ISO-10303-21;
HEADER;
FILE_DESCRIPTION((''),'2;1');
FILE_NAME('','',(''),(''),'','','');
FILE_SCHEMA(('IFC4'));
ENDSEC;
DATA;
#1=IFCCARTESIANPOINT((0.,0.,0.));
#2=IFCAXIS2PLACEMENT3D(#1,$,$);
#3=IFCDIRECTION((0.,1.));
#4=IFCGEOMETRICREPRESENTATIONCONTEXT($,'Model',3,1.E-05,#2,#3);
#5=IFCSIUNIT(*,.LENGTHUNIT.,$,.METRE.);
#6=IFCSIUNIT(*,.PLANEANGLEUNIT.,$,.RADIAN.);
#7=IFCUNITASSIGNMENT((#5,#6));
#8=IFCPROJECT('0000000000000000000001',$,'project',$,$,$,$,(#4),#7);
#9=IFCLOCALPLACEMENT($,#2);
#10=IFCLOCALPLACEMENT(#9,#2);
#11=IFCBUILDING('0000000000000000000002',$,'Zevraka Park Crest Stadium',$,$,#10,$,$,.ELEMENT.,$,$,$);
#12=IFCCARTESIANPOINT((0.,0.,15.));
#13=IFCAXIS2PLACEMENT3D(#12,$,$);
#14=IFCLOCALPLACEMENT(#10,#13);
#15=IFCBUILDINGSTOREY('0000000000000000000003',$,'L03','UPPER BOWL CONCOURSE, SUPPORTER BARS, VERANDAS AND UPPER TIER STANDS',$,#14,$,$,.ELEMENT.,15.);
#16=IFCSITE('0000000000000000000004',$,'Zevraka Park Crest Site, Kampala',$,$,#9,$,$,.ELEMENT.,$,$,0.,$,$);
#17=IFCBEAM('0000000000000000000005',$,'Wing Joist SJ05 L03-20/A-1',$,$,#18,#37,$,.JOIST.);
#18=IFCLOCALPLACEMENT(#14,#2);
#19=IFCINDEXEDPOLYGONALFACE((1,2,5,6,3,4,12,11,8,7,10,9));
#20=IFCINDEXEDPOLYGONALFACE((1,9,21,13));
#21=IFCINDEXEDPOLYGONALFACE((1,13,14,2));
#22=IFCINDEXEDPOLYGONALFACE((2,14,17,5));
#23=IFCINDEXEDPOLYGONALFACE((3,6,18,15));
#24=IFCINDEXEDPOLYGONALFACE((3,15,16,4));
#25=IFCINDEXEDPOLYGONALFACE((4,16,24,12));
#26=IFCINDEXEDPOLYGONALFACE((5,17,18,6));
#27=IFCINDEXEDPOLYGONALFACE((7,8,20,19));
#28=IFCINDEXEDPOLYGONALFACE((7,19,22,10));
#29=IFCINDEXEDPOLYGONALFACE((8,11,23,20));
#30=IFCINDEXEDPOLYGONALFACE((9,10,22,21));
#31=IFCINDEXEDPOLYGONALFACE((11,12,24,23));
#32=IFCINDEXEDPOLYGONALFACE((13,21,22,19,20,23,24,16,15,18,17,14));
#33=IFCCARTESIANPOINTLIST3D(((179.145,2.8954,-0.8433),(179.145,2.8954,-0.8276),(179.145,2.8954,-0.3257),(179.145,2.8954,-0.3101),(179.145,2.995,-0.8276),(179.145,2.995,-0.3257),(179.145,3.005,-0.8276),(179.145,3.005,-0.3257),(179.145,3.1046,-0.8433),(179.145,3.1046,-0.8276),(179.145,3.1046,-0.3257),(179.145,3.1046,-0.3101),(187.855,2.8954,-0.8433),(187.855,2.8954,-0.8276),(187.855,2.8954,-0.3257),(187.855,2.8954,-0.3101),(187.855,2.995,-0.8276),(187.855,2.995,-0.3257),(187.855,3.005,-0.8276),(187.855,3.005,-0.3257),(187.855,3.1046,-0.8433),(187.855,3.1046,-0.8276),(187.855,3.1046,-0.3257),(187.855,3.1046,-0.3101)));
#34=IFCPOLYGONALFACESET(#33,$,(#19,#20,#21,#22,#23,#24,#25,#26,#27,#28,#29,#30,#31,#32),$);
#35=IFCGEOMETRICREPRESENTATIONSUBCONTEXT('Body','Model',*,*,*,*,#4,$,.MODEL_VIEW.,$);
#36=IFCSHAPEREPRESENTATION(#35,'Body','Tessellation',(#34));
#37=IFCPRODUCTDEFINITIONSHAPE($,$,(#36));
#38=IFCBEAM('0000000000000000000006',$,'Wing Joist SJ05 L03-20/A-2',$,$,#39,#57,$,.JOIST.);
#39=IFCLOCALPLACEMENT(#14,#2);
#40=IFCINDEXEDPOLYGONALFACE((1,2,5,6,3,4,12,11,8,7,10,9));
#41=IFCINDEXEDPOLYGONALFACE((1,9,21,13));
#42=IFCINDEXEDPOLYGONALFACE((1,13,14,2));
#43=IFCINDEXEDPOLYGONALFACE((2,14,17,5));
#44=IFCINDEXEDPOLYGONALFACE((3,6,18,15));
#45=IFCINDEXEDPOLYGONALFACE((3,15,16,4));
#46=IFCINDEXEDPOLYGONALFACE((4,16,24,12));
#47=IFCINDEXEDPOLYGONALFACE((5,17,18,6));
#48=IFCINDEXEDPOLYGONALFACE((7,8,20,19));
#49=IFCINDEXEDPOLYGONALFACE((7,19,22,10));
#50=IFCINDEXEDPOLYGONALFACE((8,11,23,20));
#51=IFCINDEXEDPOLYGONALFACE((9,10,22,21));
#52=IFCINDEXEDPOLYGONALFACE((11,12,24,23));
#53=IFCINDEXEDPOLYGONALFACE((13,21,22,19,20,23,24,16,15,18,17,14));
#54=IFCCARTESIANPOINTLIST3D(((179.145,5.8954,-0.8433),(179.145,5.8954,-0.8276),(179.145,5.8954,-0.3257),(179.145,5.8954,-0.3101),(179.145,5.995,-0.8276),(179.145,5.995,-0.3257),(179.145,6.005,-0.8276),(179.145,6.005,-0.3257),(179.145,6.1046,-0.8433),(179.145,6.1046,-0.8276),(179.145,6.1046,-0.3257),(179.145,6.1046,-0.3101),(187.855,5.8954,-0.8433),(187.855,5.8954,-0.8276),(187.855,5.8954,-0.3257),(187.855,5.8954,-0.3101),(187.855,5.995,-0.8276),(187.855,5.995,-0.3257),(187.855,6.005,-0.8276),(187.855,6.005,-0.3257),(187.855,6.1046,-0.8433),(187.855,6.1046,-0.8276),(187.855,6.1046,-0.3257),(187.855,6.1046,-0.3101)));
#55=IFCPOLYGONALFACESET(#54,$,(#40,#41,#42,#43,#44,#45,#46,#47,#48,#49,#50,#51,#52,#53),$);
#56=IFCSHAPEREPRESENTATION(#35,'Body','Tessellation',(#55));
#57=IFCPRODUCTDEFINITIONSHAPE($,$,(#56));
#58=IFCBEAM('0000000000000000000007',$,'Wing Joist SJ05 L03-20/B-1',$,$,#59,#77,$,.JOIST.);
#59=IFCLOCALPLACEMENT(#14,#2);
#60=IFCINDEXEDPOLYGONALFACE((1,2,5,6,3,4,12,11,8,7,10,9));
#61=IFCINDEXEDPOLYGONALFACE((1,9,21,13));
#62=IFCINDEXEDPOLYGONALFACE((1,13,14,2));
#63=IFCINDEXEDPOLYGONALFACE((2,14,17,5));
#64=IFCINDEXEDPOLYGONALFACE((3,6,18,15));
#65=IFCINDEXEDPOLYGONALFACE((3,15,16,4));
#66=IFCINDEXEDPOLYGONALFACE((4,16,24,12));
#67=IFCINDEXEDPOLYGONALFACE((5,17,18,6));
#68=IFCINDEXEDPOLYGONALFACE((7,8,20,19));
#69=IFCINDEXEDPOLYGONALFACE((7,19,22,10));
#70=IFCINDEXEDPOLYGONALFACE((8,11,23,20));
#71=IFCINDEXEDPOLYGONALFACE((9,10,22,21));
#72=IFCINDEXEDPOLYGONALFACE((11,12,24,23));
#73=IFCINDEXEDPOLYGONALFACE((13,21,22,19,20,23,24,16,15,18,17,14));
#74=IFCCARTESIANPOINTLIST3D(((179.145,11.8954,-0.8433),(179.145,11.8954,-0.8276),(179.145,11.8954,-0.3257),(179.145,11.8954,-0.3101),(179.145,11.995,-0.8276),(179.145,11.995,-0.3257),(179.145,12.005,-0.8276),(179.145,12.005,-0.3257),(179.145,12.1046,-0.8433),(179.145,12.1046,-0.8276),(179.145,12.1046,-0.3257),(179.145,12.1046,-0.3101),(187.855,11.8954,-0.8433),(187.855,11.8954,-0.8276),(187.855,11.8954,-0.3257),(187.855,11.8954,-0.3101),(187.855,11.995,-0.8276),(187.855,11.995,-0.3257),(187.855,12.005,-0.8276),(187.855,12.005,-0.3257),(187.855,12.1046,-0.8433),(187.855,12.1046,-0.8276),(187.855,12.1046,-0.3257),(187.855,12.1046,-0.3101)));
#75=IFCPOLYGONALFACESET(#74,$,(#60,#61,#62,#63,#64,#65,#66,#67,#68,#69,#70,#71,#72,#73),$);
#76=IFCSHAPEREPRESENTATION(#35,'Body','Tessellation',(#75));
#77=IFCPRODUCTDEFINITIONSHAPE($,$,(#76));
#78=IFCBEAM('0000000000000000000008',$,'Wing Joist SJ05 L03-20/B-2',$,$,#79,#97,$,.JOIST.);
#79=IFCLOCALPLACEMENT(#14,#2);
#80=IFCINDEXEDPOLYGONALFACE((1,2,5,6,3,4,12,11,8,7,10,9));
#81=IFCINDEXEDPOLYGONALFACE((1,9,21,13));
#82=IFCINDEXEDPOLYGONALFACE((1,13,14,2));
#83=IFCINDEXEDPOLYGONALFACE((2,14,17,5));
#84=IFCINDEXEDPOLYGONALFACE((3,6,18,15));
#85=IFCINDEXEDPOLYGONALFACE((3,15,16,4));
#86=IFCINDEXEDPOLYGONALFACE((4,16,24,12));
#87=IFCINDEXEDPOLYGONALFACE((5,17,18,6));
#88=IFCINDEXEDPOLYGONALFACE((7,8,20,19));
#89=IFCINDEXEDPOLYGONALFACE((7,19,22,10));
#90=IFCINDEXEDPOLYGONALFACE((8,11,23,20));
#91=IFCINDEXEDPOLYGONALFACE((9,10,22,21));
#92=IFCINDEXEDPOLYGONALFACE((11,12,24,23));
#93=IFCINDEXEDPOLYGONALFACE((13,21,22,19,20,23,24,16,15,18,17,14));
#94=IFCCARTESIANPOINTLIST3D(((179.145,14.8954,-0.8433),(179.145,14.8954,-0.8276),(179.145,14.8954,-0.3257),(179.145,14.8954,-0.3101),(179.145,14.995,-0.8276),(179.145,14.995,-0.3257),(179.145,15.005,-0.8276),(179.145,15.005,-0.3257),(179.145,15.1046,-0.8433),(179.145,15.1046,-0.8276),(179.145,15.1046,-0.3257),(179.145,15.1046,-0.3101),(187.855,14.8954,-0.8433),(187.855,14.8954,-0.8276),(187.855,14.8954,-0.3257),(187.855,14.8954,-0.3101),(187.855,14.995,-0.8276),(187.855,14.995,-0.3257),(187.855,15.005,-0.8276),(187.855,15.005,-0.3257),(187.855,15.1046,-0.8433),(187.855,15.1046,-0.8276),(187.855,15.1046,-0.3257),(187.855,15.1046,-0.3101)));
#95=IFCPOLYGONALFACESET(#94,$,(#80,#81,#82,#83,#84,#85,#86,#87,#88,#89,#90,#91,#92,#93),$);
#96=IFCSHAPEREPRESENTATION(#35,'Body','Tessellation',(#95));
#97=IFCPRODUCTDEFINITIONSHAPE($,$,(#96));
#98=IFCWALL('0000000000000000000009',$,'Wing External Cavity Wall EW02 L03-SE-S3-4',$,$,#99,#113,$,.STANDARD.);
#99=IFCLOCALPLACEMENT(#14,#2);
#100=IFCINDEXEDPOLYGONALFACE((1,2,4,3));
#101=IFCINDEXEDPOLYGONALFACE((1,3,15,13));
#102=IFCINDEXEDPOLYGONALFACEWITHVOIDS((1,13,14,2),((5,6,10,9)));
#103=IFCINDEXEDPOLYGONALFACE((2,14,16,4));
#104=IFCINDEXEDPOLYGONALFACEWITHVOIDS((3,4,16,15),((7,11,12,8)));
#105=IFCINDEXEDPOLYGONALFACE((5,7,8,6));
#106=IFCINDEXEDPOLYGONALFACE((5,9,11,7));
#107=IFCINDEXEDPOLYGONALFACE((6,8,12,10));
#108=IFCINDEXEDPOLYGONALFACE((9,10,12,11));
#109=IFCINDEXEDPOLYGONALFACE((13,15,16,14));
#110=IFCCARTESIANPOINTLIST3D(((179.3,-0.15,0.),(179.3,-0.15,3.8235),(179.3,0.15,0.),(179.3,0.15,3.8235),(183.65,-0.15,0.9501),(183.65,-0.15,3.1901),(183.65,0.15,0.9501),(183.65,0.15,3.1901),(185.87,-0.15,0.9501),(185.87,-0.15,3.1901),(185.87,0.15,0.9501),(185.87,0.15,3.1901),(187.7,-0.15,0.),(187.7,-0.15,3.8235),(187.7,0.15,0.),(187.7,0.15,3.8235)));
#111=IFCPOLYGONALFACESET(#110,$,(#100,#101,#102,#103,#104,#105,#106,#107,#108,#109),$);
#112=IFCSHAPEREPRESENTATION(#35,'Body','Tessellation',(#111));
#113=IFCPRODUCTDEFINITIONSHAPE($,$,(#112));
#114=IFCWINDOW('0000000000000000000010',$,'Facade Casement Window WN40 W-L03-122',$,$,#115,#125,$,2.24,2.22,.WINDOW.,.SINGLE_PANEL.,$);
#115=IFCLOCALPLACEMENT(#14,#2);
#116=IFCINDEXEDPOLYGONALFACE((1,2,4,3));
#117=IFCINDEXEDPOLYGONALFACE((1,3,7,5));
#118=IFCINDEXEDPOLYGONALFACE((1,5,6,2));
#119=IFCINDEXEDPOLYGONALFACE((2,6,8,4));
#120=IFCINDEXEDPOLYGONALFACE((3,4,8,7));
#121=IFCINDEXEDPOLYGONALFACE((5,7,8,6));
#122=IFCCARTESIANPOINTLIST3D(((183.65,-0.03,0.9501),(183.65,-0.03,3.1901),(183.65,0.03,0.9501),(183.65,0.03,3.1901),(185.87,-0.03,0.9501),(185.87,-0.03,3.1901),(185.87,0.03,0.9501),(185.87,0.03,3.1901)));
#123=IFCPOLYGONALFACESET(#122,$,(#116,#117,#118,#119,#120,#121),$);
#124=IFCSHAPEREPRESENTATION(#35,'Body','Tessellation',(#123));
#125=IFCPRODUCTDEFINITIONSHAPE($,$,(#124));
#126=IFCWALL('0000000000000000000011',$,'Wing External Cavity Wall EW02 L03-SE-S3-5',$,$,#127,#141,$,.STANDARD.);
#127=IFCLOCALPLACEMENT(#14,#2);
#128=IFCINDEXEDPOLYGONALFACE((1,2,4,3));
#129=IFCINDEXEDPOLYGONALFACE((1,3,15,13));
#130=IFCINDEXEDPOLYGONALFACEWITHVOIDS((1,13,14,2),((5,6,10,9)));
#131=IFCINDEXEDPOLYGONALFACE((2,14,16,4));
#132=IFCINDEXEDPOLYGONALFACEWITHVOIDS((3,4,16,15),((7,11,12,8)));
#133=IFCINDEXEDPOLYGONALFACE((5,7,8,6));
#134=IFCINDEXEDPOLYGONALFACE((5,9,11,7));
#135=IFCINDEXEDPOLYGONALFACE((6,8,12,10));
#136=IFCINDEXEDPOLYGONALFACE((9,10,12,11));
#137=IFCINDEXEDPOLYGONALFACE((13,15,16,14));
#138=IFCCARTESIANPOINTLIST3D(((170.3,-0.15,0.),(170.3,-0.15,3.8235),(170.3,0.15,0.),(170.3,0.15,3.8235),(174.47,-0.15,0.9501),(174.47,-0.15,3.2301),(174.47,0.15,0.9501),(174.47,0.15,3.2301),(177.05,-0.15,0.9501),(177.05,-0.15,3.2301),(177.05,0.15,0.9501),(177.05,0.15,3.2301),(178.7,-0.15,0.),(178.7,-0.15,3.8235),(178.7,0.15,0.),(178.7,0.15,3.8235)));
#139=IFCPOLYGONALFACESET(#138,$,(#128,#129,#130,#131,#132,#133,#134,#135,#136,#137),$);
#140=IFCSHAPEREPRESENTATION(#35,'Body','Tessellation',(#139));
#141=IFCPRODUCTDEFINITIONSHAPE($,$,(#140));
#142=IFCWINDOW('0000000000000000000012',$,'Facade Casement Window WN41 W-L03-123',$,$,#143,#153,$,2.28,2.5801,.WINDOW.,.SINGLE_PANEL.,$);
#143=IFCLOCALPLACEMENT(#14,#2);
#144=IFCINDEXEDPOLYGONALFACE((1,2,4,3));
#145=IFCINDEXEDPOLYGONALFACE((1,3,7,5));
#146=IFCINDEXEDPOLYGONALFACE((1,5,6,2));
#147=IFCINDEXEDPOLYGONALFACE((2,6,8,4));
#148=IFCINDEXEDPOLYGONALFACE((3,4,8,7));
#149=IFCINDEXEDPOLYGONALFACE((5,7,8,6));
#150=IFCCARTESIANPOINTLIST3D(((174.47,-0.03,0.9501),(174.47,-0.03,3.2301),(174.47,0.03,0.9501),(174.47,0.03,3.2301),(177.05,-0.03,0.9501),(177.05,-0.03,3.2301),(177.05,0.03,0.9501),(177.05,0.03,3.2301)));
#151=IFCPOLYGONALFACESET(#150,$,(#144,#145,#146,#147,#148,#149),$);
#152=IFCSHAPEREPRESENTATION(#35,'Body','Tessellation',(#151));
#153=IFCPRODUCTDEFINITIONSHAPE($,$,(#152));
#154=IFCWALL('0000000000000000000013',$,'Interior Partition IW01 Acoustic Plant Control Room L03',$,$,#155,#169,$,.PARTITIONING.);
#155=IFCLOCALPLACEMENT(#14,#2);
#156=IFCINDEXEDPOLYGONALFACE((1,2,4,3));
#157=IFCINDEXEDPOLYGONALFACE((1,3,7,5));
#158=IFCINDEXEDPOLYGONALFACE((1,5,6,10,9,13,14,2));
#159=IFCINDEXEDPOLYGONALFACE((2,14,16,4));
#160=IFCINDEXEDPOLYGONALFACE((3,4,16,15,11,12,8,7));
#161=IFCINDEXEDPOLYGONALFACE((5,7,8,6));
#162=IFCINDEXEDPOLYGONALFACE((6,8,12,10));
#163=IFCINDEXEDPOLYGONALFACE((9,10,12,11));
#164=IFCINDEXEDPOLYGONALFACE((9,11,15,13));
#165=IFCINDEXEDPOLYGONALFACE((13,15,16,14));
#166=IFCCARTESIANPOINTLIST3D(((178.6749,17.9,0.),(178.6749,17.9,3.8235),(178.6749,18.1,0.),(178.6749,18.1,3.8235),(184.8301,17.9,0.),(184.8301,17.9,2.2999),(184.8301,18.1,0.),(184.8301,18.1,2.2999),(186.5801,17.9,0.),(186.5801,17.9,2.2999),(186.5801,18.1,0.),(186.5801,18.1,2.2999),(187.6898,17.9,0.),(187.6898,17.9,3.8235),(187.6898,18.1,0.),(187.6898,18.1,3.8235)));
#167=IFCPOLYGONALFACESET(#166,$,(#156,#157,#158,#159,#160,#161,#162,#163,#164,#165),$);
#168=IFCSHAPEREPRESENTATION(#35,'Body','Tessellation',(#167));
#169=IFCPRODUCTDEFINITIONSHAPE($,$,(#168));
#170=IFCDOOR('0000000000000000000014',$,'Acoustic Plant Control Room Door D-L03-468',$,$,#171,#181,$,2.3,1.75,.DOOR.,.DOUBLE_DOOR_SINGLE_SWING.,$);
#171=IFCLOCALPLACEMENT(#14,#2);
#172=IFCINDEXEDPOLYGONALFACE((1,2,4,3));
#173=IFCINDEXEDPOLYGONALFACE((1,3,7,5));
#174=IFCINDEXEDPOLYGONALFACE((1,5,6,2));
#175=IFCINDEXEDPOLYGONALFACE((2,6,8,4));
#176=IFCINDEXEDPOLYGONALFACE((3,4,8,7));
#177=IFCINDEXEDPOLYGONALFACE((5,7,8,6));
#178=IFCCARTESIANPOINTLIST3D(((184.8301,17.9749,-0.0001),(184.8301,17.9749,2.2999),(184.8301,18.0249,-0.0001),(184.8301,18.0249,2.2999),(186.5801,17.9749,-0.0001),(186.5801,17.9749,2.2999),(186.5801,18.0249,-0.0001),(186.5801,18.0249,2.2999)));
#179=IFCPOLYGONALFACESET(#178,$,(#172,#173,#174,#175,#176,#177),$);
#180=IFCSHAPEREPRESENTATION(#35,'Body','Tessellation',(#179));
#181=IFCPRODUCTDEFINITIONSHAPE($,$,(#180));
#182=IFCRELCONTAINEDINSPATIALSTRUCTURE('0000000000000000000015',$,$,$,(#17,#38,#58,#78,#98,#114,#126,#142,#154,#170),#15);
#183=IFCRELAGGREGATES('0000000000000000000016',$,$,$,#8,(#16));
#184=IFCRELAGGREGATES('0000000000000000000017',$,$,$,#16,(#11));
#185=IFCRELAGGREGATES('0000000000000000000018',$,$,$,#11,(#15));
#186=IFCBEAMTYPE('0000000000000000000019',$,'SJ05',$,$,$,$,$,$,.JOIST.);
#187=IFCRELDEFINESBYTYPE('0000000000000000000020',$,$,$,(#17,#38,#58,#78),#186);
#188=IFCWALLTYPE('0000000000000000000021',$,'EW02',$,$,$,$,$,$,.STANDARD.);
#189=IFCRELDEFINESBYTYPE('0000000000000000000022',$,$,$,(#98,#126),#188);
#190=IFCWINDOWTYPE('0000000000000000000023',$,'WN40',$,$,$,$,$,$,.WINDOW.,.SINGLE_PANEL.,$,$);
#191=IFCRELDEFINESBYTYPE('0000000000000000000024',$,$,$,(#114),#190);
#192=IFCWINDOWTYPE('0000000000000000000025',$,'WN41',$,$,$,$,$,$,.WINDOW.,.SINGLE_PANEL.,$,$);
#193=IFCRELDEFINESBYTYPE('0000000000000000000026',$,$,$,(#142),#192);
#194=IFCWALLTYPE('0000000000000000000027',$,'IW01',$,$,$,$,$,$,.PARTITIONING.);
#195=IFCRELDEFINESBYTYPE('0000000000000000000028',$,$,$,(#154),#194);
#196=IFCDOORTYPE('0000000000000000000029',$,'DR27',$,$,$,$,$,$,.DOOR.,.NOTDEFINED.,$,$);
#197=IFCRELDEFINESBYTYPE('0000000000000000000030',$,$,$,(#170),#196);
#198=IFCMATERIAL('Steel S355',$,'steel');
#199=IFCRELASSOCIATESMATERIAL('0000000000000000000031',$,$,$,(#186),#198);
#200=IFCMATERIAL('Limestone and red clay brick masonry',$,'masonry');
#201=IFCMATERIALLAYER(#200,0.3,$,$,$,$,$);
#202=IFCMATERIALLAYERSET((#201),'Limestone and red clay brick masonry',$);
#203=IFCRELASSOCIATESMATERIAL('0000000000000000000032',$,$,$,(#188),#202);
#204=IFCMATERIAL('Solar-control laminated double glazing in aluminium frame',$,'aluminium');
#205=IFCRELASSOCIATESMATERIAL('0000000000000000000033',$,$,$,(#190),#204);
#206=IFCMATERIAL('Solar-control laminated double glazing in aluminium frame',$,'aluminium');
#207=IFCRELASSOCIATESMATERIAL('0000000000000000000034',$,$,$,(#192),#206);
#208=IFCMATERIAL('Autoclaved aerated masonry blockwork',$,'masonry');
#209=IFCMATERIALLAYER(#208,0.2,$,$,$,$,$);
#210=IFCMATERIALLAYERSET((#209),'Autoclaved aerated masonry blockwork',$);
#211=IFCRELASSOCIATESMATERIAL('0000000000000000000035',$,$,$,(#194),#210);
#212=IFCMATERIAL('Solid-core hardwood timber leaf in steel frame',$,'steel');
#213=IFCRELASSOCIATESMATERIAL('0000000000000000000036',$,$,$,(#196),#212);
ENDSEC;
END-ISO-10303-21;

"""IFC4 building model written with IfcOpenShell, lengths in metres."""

from ifc_helpers import new_model, si_unit, direction, frame, frame_2d, origin, origin_2d, place, context, subcontext, project, spatial, rectangle, i_section, extrude, material, layer, layer_set, material_profile, profile_set, type_object, element, fill, save


model = new_model("IFC4")

# Units and contexts
model_context = context("Model", 3, precision=1e-05, world=origin(), true_north=direction((0.0, 1.0)))
body_context = subcontext(model_context, "Body", "Model", "MODEL_VIEW")
ifc_project = project(units=[si_unit("LENGTHUNIT", "METRE"), si_unit("PLANEANGLEUNIT", "RADIAN")], contexts=[model_context])

# Site, building, storey
site_placement = place(None, origin())
site = spatial("IfcSite", under=ifc_project, at=site_placement, Name="Zevraka Park Crest Site, Kampala", CompositionType="ELEMENT", RefElevation=0.0)
building_placement = place(site_placement, origin())
building = spatial("IfcBuilding", under=site, at=building_placement, Name="Zevraka Park Crest Stadium", CompositionType="ELEMENT")
storey_placement = place(building_placement, frame((0.0, 0.0, 15.0)))
storey = spatial("IfcBuildingStorey", under=building, at=storey_placement, Name="L03", Description="UPPER BOWL CONCOURSE, SUPPORTER BARS, VERANDAS AND UPPER TIER STANDS", CompositionType="ELEMENT", Elevation=15.0)

# Beams
ifc_material_1 = material(Name="Steel S355", Category="steel")
ifc_material_profile_1 = material_profile(ifc_material_1, i_section(OverallWidth=0.2092, OverallDepth=0.5332, WebThickness=0.01, FlangeThickness=0.0156, at=origin_2d()), Name="UKB 533x210x92")
ifc_profile_set_1 = profile_set([ifc_material_profile_1], Name="Steel S355")
beam_type_1 = type_object("IfcBeamType", Name="SJ05", PredefinedType="JOIST", material=ifc_profile_set_1)
for number, where, z_axis, x_axis, name in (
    (1, (179.145, 3.0, -0.5767), (1.0, 0.0, 0.0), (0.0, 1.0, 0.0), "Wing Joist SJ05 L03-20/A-1"),
    (2, (179.145, 6.0, -0.5767), (1.0, 0.0, 0.0), (0.0, 1.0, 0.0), "Wing Joist SJ05 L03-20/A-2"),
    (3, (179.145, 12.0, -0.5767), (1.0, 0.0, 0.0), (0.0, 1.0, 0.0), "Wing Joist SJ05 L03-20/B-1"),
    (4, (179.145, 15.0, -0.5767), (1.0, 0.0, 0.0), (0.0, 1.0, 0.0), "Wing Joist SJ05 L03-20/B-2"),
):
    element("IfcBeam", number, at=place(storey_placement, frame(where, z_axis=z_axis, x_axis=x_axis)), inside=storey, type_object=beam_type_1, Name=name, PredefinedType="JOIST", context=body_context, shape_type="SweptSolid", body=[
        extrude(i_section(OverallWidth=0.2092, OverallDepth=0.5332, WebThickness=0.01, FlangeThickness=0.0156, at=origin_2d()), origin(), (0.0, 0.0, 1.0), 8.71),
    ])

# Walls, openings, windows
ifc_material_2 = material(Name="Limestone and red clay brick masonry", Category="masonry")
ifc_layer_1 = layer(ifc_material_2, 0.3)
ifc_layer_set_1 = layer_set([ifc_layer_1], Name="Limestone and red clay brick masonry")
wall_type_1 = type_object("IfcWallType", Name="EW02", PredefinedType="STANDARD", material=ifc_layer_set_1)
wall_1_placement = place(storey_placement, frame((187.7, 0.0, 0.0), z_axis=(0.0, 0.0, 1.0), x_axis=(-1.0, 0.0, 0.0)))
wall_1 = element("IfcWall", 5, at=wall_1_placement, inside=storey, type_object=wall_type_1, Name="Wing External Cavity Wall EW02 L03-SE-S3-4", PredefinedType="STANDARD", context=body_context, shape_type="SweptSolid", body=[
    extrude(rectangle(XDim=8.3999, YDim=0.3, at=frame_2d((4.2, 0.0))), origin(), (0.0, 0.0, 1.0), 3.8235),
])
opening_1_placement = place(wall_1_placement, frame((1.8301, 0.0, 0.95)))
opening_1 = element("IfcOpeningElement", 6, at=opening_1_placement, cuts=wall_1, PredefinedType="OPENING", context=body_context, shape_type="SweptSolid", body=[
    extrude(rectangle(XDim=2.22, YDim=2.24, at=frame_2d((1.1099, 1.1201))), frame((0.0, 0.1599, 0.0), z_axis=(0.0, -1.0, 0.0), x_axis=(1.0, 0.0, 0.0)), (0.0, 0.0, 1.0), 0.3201),
])
ifc_material_3 = material(Name="Solar-control laminated double glazing in aluminium frame", Category="aluminium")
window_type_1 = type_object("IfcWindowType", Name="WN40", PartitioningType="SINGLE_PANEL", PredefinedType="WINDOW", material=ifc_material_3)
window_1_placement = place(opening_1_placement, origin())
window_1 = element("IfcWindow", 7, at=window_1_placement, inside=storey, type_object=window_type_1, Name="Facade Casement Window WN40 W-L03-122", OverallHeight=2.24, OverallWidth=2.22, PartitioningType="SINGLE_PANEL", PredefinedType="WINDOW", context=body_context, shape_type="SweptSolid", body=[
    extrude(rectangle(XDim=2.22, YDim=2.24, at=frame_2d((1.1099, 1.1201))), frame((0.0, 0.03, 0.0), z_axis=(0.0, -1.0, 0.0), x_axis=(1.0, 0.0, 0.0)), (0.0, 0.0, 1.0), 0.0601),
])
fill(opening_1, window_1)
wall_2_placement = place(storey_placement, frame((178.7, 0.0, 0.0), z_axis=(0.0, 0.0, 1.0), x_axis=(-1.0, 0.0, 0.0)))
wall_2 = element("IfcWall", 8, at=wall_2_placement, inside=storey, type_object=wall_type_1, Name="Wing External Cavity Wall EW02 L03-SE-S3-5", PredefinedType="STANDARD", context=body_context, shape_type="SweptSolid", body=[
    extrude(rectangle(XDim=8.3999, YDim=0.3, at=frame_2d((4.2, 0.0))), origin(), (0.0, 0.0, 1.0), 3.8235),
])
opening_2_placement = place(wall_2_placement, frame((1.6499, 0.0, 0.95)))
opening_2 = element("IfcOpeningElement", 9, at=opening_2_placement, cuts=wall_2, PredefinedType="OPENING", context=body_context, shape_type="SweptSolid", body=[
    extrude(rectangle(XDim=2.5801, YDim=2.28, at=frame_2d((1.29, 1.1401))), frame((0.0, 0.1599, 0.0), z_axis=(0.0, -1.0, 0.0), x_axis=(1.0, 0.0, 0.0)), (0.0, 0.0, 1.0), 0.3201),
])
ifc_material_4 = material(Name="Solar-control laminated double glazing in aluminium frame", Category="aluminium")
window_type_2 = type_object("IfcWindowType", Name="WN41", PartitioningType="SINGLE_PANEL", PredefinedType="WINDOW", material=ifc_material_4)
window_2_placement = place(opening_2_placement, origin())
window_2 = element("IfcWindow", 10, at=window_2_placement, inside=storey, type_object=window_type_2, Name="Facade Casement Window WN41 W-L03-123", OverallHeight=2.28, OverallWidth=2.5801, PartitioningType="SINGLE_PANEL", PredefinedType="WINDOW", context=body_context, shape_type="SweptSolid", body=[
    extrude(rectangle(XDim=2.5801, YDim=2.28, at=frame_2d((1.29, 1.1401))), frame((0.0, 0.03, 0.0), z_axis=(0.0, -1.0, 0.0), x_axis=(1.0, 0.0, 0.0)), (0.0, 0.0, 1.0), 0.0601),
])
fill(opening_2, window_2)

# Wall, opening, door
ifc_material_5 = material(Name="Autoclaved aerated masonry blockwork", Category="masonry")
ifc_layer_2 = layer(ifc_material_5, 0.2)
ifc_layer_set_2 = layer_set([ifc_layer_2], Name="Autoclaved aerated masonry blockwork")
wall_type_2 = type_object("IfcWallType", Name="IW01", PredefinedType="PARTITIONING", material=ifc_layer_set_2)
wall_3_placement = place(storey_placement, frame((178.675, 18.0, 0.0), z_axis=(0.0, 0.0, 1.0), x_axis=(1.0, 0.0, 0.0)))
wall_3 = element("IfcWall", 11, at=wall_3_placement, inside=storey, type_object=wall_type_2, Name="Interior Partition IW01 Acoustic Plant Control Room L03", PredefinedType="PARTITIONING", context=body_context, shape_type="SweptSolid", body=[
    extrude(rectangle(XDim=9.0149, YDim=0.2, at=frame_2d((4.5073, 0.0))), origin(), (0.0, 0.0, 1.0), 3.8235),
])
opening_3_placement = place(wall_3_placement, frame((6.155, 0.0, 0.0)))
opening_3 = element("IfcOpeningElement", 12, at=opening_3_placement, cuts=wall_3, PredefinedType="OPENING", context=body_context, shape_type="SweptSolid", body=[
    extrude(rectangle(XDim=1.75, YDim=2.3, at=frame_2d((0.875, 1.1499))), frame((0.0, 0.1099, 0.0), z_axis=(0.0, -1.0, 0.0), x_axis=(1.0, 0.0, 0.0)), (0.0, 0.0, 1.0), 0.22),
])
ifc_material_6 = material(Name="Solid-core hardwood timber leaf in steel frame", Category="steel")
door_type = type_object("IfcDoorType", Name="DR27", OperationType="NOTDEFINED", PredefinedType="DOOR", material=ifc_material_6)
door_placement = place(opening_3_placement, origin())
door = element("IfcDoor", 13, at=door_placement, inside=storey, type_object=door_type, Name="Acoustic Plant Control Room Door D-L03-468", OperationType="DOUBLE_DOOR_SINGLE_SWING", OverallHeight=2.3, OverallWidth=1.75, PredefinedType="DOOR", context=body_context, shape_type="SweptSolid", body=[
    extrude(rectangle(XDim=1.75, YDim=2.3, at=frame_2d((0.875, 1.1499))), frame((0.0, 0.0249, 0.0), z_axis=(0.0, -1.0, 0.0), x_axis=(1.0, 0.0, 0.0)), (0.0, 0.0, 1.0), 0.05),
])
fill(opening_3, door)

save(model, "model.ifc")
